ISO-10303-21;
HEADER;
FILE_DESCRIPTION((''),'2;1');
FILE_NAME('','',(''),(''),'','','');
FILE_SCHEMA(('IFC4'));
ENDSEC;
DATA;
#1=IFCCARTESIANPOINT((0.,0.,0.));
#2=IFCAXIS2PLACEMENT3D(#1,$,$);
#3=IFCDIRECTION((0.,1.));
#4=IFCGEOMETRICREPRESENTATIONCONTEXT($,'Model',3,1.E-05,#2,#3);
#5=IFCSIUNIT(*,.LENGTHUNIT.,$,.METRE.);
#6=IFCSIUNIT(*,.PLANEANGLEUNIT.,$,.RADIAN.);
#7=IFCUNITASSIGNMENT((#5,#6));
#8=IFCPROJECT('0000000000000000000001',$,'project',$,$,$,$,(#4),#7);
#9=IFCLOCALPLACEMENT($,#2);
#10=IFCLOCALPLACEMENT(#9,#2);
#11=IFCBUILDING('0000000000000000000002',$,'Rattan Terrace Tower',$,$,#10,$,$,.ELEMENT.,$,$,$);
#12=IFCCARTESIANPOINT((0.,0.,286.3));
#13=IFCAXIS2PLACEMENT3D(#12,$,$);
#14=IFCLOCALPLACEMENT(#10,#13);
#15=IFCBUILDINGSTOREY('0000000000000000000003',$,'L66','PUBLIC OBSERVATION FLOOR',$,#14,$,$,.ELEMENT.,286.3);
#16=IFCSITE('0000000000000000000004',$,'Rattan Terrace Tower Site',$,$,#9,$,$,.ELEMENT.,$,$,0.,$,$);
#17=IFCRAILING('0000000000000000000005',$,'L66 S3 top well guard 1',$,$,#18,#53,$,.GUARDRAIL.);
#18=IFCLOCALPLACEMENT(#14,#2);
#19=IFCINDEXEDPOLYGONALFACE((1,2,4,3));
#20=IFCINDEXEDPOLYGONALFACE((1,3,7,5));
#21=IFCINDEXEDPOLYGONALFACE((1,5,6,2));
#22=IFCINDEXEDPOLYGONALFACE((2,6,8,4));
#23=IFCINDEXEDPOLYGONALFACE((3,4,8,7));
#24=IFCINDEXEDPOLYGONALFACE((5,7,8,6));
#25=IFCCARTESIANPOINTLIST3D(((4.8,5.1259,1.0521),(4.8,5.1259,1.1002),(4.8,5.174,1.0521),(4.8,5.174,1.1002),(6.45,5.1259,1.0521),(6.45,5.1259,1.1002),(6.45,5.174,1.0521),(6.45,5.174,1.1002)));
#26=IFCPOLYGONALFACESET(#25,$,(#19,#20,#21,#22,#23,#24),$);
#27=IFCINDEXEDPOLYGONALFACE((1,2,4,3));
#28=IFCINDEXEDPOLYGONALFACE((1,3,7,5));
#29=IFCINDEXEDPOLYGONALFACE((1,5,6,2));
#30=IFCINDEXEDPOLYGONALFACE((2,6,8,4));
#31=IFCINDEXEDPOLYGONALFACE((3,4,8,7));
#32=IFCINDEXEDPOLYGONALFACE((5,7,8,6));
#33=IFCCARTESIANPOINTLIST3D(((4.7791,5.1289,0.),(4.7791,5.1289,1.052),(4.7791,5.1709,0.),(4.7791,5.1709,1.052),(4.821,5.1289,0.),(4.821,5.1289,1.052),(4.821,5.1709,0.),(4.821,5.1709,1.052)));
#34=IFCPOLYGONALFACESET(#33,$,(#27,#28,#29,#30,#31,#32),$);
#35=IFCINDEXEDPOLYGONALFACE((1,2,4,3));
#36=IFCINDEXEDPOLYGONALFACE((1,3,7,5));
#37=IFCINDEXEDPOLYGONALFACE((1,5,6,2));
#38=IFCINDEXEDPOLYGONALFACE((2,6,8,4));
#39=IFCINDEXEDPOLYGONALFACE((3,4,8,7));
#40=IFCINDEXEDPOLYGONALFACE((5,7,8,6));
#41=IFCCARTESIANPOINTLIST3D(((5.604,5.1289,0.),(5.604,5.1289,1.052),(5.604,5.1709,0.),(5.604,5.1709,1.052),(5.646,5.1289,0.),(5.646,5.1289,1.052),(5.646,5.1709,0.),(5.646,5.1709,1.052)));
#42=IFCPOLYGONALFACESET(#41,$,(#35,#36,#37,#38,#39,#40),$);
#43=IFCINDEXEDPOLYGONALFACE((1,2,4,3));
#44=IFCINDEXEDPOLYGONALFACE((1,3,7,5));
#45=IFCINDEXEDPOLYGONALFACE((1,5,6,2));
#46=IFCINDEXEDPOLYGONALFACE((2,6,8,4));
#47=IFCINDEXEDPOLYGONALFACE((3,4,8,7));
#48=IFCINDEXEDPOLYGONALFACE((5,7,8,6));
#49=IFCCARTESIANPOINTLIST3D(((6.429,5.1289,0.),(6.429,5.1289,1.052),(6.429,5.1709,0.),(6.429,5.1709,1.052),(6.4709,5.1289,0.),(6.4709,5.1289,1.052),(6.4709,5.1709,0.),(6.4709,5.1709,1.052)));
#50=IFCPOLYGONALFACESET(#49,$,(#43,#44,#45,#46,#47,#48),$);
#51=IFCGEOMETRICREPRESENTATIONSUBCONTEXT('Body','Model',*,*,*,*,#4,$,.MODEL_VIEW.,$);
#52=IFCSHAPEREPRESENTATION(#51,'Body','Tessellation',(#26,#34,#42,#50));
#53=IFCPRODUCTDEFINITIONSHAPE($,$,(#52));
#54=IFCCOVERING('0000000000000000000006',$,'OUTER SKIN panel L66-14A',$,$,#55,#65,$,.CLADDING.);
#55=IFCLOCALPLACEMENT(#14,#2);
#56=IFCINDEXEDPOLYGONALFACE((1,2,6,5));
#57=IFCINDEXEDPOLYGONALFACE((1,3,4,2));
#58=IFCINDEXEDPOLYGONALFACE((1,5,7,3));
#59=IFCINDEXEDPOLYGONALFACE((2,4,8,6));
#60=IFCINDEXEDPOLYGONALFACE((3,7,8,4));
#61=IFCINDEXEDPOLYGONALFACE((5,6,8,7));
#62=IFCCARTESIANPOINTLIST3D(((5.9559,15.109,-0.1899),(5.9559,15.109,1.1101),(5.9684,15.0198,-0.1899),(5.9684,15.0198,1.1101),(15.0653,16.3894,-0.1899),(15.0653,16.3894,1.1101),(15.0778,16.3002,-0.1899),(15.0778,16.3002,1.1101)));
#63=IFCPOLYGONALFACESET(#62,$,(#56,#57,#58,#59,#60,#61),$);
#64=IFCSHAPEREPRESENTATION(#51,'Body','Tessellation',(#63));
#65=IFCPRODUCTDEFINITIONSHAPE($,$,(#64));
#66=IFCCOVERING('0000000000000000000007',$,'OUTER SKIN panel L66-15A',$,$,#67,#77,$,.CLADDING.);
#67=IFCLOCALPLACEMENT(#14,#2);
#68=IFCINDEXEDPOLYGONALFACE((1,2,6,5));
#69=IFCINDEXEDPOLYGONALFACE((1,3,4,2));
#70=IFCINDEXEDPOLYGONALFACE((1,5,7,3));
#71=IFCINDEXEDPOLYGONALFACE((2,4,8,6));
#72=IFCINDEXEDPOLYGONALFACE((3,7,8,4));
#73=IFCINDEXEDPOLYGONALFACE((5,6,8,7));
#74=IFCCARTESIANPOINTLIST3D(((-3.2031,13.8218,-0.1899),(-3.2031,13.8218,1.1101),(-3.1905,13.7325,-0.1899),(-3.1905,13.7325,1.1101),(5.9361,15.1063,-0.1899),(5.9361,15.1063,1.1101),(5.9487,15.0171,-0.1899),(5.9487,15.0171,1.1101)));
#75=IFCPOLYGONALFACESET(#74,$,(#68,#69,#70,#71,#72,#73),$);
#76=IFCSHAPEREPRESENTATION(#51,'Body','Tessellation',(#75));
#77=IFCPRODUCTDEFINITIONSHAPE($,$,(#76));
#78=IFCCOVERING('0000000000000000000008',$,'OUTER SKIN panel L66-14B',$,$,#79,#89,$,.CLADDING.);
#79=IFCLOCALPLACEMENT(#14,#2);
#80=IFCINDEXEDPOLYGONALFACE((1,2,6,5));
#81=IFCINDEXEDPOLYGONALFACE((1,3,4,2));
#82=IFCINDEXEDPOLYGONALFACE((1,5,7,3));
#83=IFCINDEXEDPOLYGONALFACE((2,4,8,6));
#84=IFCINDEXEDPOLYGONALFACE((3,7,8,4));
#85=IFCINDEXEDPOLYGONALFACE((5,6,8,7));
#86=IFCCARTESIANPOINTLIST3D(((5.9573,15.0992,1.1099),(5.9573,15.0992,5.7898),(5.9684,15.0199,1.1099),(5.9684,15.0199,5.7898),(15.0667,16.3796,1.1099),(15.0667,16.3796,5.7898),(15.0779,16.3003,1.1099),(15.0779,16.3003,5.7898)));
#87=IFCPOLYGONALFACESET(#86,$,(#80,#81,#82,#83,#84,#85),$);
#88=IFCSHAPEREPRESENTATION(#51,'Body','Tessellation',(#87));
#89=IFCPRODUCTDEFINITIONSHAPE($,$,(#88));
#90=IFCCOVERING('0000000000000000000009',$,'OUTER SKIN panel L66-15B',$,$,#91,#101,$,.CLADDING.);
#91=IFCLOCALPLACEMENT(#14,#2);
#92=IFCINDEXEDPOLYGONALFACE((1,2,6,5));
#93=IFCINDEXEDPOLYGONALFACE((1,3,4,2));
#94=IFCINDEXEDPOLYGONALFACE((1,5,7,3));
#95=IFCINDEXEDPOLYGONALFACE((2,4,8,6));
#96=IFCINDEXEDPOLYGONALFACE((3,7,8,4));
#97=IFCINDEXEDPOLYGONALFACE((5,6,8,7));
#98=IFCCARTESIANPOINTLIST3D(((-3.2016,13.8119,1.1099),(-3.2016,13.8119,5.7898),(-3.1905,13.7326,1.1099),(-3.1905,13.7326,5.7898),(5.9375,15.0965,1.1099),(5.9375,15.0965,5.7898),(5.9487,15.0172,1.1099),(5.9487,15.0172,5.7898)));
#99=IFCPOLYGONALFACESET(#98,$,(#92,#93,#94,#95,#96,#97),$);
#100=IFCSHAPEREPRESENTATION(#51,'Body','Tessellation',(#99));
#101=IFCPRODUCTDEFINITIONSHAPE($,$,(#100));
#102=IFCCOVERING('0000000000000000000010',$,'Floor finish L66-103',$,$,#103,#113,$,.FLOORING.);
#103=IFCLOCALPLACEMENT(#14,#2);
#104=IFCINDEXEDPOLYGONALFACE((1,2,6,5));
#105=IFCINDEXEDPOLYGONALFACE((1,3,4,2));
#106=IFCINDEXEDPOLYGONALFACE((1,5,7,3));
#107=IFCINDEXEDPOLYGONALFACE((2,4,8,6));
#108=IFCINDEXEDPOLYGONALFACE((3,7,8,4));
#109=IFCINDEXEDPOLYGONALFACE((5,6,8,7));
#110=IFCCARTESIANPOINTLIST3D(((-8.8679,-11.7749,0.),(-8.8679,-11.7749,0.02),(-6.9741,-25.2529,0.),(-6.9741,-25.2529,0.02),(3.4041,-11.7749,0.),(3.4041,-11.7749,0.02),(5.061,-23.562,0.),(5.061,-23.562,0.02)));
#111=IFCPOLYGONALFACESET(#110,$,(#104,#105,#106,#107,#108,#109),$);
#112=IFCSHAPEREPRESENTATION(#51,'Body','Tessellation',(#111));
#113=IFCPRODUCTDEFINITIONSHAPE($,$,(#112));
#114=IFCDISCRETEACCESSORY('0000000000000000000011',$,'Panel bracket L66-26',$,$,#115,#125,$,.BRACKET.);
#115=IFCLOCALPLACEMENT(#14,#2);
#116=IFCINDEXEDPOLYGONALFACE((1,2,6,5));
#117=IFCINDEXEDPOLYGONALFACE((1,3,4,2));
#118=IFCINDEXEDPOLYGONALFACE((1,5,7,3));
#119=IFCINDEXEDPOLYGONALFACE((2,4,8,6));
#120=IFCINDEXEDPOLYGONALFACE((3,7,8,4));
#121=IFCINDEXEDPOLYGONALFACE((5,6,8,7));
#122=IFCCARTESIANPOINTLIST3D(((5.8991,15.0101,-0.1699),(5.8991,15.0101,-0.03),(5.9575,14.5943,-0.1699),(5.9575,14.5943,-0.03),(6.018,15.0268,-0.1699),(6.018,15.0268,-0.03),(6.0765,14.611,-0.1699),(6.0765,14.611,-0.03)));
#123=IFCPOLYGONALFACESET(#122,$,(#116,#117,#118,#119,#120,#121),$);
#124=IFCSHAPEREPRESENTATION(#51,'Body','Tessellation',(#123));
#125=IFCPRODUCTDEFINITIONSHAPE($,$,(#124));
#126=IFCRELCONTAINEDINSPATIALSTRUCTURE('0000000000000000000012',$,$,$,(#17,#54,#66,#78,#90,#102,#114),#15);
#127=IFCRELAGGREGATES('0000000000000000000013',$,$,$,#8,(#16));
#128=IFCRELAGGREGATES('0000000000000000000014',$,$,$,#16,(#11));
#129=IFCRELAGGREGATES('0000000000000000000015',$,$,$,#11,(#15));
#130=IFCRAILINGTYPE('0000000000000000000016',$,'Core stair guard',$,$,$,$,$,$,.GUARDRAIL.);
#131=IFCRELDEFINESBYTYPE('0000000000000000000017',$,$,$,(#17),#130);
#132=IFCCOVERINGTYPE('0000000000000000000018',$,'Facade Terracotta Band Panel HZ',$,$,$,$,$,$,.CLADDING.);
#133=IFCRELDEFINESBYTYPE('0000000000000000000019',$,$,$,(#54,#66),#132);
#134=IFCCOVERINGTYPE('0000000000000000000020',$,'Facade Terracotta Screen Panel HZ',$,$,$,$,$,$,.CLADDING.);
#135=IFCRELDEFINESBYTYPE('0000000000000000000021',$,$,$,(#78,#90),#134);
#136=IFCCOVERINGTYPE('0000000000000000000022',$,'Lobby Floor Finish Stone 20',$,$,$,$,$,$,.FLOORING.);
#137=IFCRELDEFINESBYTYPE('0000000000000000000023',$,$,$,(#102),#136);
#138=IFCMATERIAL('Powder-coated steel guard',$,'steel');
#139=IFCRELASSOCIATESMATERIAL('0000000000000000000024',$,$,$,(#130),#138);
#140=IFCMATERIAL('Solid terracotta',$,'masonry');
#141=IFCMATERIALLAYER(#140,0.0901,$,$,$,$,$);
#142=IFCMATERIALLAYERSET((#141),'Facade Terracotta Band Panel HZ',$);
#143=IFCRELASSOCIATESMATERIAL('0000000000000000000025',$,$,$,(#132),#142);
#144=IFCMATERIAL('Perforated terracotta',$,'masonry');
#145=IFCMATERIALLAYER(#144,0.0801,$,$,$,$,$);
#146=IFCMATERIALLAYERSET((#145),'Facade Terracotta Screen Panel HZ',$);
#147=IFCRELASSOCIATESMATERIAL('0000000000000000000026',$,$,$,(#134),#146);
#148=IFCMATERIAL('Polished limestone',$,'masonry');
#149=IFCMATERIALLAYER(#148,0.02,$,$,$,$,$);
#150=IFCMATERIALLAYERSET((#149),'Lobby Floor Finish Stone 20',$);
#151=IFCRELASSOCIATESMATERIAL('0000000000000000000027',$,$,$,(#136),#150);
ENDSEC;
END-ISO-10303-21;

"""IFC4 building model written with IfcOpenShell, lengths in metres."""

from ifc_helpers import new_model, si_unit, direction, frame, origin, origin_2d, place, context, subcontext, project, spatial, polyline, rectangle, outline, extrude, material, layer, layer_set, type_object, element, save


model = new_model("IFC4")

# Units and contexts
model_context = context("Model", 3, precision=1e-05, world=origin(), true_north=direction((0.0, 1.0)))
body_context = subcontext(model_context, "Body", "Model", "MODEL_VIEW")
ifc_project = project(units=[si_unit("LENGTHUNIT", "METRE"), si_unit("PLANEANGLEUNIT", "RADIAN")], contexts=[model_context])

# Site, building, storey
site_placement = place(None, origin())
site = spatial("IfcSite", under=ifc_project, at=site_placement, Name="Rattan Terrace Tower Site", CompositionType="ELEMENT", RefElevation=0.0)
building_placement = place(site_placement, origin())
building = spatial("IfcBuilding", under=site, at=building_placement, Name="Rattan Terrace Tower", CompositionType="ELEMENT")
storey_placement = place(building_placement, frame((0.0, 0.0, 286.3)))
storey = spatial("IfcBuildingStorey", under=building, at=storey_placement, Name="L66", Description="PUBLIC OBSERVATION FLOOR", CompositionType="ELEMENT", Elevation=286.3)

# Railing
ifc_material_1 = material(Name="Powder-coated steel guard", Category="steel")
railing_type = type_object("IfcRailingType", Name="Core stair guard", PredefinedType="GUARDRAIL", material=ifc_material_1)
railing_placement = place(storey_placement, frame((4.8, 5.1499, 0.0)))
element("IfcRailing", 1, at=railing_placement, inside=storey, type_object=railing_type, Name="L66 S3 top well guard 1", PredefinedType="GUARDRAIL", context=body_context, shape_type="SweptSolid", body=[
    extrude(rectangle(XDim=0.0481, YDim=0.0481, at=origin_2d()), frame((0.0, 0.0, 1.0762), z_axis=(1.0, 0.0, 0.0), x_axis=(0.0, 1.0, 0.0)), (0.0, 0.0, 1.0), 1.6499),
    extrude(rectangle(XDim=0.042, YDim=0.042, at=origin_2d()), origin(), (0.0, 0.0, 1.0), 1.052),
    extrude(rectangle(XDim=0.042, YDim=0.042, at=origin_2d()), frame((0.825, 0.0, 0.0)), (0.0, 0.0, 1.0), 1.052),
    extrude(rectangle(XDim=0.042, YDim=0.042, at=origin_2d()), frame((1.6499, 0.0, 0.0)), (0.0, 0.0, 1.0), 1.052),
])

# Coverings
ifc_material_2 = material(Name="Solid terracotta", Category="masonry")
ifc_layer_1 = layer(ifc_material_2, 0.0901)
ifc_layer_set_1 = layer_set([ifc_layer_1], Name="Facade Terracotta Band Panel HZ")
covering_type_1 = type_object("IfcCoveringType", Name="Facade Terracotta Band Panel HZ", PredefinedType="CLADDING", material=ifc_layer_set_1)
covering_1_placement = place(storey_placement, frame((10.5168, 15.7046, -0.1899), z_axis=(0.0, 0.0, 1.0), x_axis=(-0.990266, -0.139189, 0.0)))
element("IfcCovering", 2, at=covering_1_placement, inside=storey, type_object=covering_type_1, Name="OUTER SKIN panel L66-14A", PredefinedType="CLADDING", context=body_context, shape_type="SweptSolid", body=[
    extrude(rectangle(XDim=9.199, YDim=0.0901, at=origin_2d()), origin(), (0.0, 0.0, 1.0), 1.3),
])
covering_2_placement = place(storey_placement, frame((1.3728, 14.4194, -0.1899), z_axis=(0.0, 0.0, 1.0), x_axis=(-0.990266, -0.139189, 0.0)))
element("IfcCovering", 3, at=covering_2_placement, inside=storey, type_object=covering_type_1, Name="OUTER SKIN panel L66-15A", PredefinedType="CLADDING", context=body_context, shape_type="SweptSolid", body=[
    extrude(rectangle(XDim=9.229, YDim=0.0901, at=origin_2d()), origin(), (0.0, 0.0, 1.0), 1.3),
])
ifc_material_3 = material(Name="Perforated terracotta", Category="masonry")
ifc_layer_2 = layer(ifc_material_3, 0.0801)
ifc_layer_set_2 = layer_set([ifc_layer_2], Name="Facade Terracotta Screen Panel HZ")
covering_type_2 = type_object("IfcCoveringType", Name="Facade Terracotta Screen Panel HZ", PredefinedType="CLADDING", material=ifc_layer_set_2)
covering_3_placement = place(storey_placement, frame((10.5176, 15.6997, 1.1099), z_axis=(0.0, 0.0, 1.0), x_axis=(-0.990266, -0.139189, 0.0)))
element("IfcCovering", 4, at=covering_3_placement, inside=storey, type_object=covering_type_2, Name="OUTER SKIN panel L66-14B", PredefinedType="CLADDING", context=body_context, shape_type="SweptSolid", body=[
    extrude(rectangle(XDim=9.199, YDim=0.0801, at=origin_2d()), origin(), (0.0, 0.0, 1.0), 4.6799),
])
covering_4_placement = place(storey_placement, frame((1.3735, 14.4146, 1.1099), z_axis=(0.0, 0.0, 1.0), x_axis=(-0.990266, -0.139189, 0.0)))
element("IfcCovering", 5, at=covering_4_placement, inside=storey, type_object=covering_type_2, Name="OUTER SKIN panel L66-15B", PredefinedType="CLADDING", context=body_context, shape_type="SweptSolid", body=[
    extrude(rectangle(XDim=9.229, YDim=0.0801, at=origin_2d()), origin(), (0.0, 0.0, 1.0), 4.6799),
])
ifc_material_4 = material(Name="Polished limestone", Category="masonry")
ifc_layer_3 = layer(ifc_material_4, 0.02)
ifc_layer_set_3 = layer_set([ifc_layer_3], Name="Lobby Floor Finish Stone 20")
covering_type_3 = type_object("IfcCoveringType", Name="Lobby Floor Finish Stone 20", PredefinedType="FLOORING", material=ifc_layer_set_3)
covering_5_placement = place(storey_placement, origin())
element("IfcCovering", 6, at=covering_5_placement, inside=storey, type_object=covering_type_3, Name="Floor finish L66-103", PredefinedType="FLOORING", context=body_context, shape_type="SweptSolid", body=[
    extrude(outline(polyline([(-8.8679, -11.7749), (-6.9741, -25.2529), (5.061, -23.562), (3.4041, -11.7749), (-8.8679, -11.7749)])), origin(), (0.0, 0.0, 1.0), 0.02),
])

# Discrete accessory
discrete_accessory_placement = place(storey_placement, frame((5.9878, 14.8105, -0.1699), z_axis=(0.0, 0.0, 1.0), x_axis=(-0.990266, -0.139189, 0.0)))
element("IfcDiscreteAccessory", 7, at=discrete_accessory_placement, inside=storey, Name="Panel bracket L66-26", PredefinedType="BRACKET", context=body_context, shape_type="SweptSolid", body=[
    extrude(rectangle(XDim=0.1201, YDim=0.4199, at=origin_2d()), origin(), (0.0, 0.0, 1.0), 0.1399),
])

save(model, "model.ifc")
